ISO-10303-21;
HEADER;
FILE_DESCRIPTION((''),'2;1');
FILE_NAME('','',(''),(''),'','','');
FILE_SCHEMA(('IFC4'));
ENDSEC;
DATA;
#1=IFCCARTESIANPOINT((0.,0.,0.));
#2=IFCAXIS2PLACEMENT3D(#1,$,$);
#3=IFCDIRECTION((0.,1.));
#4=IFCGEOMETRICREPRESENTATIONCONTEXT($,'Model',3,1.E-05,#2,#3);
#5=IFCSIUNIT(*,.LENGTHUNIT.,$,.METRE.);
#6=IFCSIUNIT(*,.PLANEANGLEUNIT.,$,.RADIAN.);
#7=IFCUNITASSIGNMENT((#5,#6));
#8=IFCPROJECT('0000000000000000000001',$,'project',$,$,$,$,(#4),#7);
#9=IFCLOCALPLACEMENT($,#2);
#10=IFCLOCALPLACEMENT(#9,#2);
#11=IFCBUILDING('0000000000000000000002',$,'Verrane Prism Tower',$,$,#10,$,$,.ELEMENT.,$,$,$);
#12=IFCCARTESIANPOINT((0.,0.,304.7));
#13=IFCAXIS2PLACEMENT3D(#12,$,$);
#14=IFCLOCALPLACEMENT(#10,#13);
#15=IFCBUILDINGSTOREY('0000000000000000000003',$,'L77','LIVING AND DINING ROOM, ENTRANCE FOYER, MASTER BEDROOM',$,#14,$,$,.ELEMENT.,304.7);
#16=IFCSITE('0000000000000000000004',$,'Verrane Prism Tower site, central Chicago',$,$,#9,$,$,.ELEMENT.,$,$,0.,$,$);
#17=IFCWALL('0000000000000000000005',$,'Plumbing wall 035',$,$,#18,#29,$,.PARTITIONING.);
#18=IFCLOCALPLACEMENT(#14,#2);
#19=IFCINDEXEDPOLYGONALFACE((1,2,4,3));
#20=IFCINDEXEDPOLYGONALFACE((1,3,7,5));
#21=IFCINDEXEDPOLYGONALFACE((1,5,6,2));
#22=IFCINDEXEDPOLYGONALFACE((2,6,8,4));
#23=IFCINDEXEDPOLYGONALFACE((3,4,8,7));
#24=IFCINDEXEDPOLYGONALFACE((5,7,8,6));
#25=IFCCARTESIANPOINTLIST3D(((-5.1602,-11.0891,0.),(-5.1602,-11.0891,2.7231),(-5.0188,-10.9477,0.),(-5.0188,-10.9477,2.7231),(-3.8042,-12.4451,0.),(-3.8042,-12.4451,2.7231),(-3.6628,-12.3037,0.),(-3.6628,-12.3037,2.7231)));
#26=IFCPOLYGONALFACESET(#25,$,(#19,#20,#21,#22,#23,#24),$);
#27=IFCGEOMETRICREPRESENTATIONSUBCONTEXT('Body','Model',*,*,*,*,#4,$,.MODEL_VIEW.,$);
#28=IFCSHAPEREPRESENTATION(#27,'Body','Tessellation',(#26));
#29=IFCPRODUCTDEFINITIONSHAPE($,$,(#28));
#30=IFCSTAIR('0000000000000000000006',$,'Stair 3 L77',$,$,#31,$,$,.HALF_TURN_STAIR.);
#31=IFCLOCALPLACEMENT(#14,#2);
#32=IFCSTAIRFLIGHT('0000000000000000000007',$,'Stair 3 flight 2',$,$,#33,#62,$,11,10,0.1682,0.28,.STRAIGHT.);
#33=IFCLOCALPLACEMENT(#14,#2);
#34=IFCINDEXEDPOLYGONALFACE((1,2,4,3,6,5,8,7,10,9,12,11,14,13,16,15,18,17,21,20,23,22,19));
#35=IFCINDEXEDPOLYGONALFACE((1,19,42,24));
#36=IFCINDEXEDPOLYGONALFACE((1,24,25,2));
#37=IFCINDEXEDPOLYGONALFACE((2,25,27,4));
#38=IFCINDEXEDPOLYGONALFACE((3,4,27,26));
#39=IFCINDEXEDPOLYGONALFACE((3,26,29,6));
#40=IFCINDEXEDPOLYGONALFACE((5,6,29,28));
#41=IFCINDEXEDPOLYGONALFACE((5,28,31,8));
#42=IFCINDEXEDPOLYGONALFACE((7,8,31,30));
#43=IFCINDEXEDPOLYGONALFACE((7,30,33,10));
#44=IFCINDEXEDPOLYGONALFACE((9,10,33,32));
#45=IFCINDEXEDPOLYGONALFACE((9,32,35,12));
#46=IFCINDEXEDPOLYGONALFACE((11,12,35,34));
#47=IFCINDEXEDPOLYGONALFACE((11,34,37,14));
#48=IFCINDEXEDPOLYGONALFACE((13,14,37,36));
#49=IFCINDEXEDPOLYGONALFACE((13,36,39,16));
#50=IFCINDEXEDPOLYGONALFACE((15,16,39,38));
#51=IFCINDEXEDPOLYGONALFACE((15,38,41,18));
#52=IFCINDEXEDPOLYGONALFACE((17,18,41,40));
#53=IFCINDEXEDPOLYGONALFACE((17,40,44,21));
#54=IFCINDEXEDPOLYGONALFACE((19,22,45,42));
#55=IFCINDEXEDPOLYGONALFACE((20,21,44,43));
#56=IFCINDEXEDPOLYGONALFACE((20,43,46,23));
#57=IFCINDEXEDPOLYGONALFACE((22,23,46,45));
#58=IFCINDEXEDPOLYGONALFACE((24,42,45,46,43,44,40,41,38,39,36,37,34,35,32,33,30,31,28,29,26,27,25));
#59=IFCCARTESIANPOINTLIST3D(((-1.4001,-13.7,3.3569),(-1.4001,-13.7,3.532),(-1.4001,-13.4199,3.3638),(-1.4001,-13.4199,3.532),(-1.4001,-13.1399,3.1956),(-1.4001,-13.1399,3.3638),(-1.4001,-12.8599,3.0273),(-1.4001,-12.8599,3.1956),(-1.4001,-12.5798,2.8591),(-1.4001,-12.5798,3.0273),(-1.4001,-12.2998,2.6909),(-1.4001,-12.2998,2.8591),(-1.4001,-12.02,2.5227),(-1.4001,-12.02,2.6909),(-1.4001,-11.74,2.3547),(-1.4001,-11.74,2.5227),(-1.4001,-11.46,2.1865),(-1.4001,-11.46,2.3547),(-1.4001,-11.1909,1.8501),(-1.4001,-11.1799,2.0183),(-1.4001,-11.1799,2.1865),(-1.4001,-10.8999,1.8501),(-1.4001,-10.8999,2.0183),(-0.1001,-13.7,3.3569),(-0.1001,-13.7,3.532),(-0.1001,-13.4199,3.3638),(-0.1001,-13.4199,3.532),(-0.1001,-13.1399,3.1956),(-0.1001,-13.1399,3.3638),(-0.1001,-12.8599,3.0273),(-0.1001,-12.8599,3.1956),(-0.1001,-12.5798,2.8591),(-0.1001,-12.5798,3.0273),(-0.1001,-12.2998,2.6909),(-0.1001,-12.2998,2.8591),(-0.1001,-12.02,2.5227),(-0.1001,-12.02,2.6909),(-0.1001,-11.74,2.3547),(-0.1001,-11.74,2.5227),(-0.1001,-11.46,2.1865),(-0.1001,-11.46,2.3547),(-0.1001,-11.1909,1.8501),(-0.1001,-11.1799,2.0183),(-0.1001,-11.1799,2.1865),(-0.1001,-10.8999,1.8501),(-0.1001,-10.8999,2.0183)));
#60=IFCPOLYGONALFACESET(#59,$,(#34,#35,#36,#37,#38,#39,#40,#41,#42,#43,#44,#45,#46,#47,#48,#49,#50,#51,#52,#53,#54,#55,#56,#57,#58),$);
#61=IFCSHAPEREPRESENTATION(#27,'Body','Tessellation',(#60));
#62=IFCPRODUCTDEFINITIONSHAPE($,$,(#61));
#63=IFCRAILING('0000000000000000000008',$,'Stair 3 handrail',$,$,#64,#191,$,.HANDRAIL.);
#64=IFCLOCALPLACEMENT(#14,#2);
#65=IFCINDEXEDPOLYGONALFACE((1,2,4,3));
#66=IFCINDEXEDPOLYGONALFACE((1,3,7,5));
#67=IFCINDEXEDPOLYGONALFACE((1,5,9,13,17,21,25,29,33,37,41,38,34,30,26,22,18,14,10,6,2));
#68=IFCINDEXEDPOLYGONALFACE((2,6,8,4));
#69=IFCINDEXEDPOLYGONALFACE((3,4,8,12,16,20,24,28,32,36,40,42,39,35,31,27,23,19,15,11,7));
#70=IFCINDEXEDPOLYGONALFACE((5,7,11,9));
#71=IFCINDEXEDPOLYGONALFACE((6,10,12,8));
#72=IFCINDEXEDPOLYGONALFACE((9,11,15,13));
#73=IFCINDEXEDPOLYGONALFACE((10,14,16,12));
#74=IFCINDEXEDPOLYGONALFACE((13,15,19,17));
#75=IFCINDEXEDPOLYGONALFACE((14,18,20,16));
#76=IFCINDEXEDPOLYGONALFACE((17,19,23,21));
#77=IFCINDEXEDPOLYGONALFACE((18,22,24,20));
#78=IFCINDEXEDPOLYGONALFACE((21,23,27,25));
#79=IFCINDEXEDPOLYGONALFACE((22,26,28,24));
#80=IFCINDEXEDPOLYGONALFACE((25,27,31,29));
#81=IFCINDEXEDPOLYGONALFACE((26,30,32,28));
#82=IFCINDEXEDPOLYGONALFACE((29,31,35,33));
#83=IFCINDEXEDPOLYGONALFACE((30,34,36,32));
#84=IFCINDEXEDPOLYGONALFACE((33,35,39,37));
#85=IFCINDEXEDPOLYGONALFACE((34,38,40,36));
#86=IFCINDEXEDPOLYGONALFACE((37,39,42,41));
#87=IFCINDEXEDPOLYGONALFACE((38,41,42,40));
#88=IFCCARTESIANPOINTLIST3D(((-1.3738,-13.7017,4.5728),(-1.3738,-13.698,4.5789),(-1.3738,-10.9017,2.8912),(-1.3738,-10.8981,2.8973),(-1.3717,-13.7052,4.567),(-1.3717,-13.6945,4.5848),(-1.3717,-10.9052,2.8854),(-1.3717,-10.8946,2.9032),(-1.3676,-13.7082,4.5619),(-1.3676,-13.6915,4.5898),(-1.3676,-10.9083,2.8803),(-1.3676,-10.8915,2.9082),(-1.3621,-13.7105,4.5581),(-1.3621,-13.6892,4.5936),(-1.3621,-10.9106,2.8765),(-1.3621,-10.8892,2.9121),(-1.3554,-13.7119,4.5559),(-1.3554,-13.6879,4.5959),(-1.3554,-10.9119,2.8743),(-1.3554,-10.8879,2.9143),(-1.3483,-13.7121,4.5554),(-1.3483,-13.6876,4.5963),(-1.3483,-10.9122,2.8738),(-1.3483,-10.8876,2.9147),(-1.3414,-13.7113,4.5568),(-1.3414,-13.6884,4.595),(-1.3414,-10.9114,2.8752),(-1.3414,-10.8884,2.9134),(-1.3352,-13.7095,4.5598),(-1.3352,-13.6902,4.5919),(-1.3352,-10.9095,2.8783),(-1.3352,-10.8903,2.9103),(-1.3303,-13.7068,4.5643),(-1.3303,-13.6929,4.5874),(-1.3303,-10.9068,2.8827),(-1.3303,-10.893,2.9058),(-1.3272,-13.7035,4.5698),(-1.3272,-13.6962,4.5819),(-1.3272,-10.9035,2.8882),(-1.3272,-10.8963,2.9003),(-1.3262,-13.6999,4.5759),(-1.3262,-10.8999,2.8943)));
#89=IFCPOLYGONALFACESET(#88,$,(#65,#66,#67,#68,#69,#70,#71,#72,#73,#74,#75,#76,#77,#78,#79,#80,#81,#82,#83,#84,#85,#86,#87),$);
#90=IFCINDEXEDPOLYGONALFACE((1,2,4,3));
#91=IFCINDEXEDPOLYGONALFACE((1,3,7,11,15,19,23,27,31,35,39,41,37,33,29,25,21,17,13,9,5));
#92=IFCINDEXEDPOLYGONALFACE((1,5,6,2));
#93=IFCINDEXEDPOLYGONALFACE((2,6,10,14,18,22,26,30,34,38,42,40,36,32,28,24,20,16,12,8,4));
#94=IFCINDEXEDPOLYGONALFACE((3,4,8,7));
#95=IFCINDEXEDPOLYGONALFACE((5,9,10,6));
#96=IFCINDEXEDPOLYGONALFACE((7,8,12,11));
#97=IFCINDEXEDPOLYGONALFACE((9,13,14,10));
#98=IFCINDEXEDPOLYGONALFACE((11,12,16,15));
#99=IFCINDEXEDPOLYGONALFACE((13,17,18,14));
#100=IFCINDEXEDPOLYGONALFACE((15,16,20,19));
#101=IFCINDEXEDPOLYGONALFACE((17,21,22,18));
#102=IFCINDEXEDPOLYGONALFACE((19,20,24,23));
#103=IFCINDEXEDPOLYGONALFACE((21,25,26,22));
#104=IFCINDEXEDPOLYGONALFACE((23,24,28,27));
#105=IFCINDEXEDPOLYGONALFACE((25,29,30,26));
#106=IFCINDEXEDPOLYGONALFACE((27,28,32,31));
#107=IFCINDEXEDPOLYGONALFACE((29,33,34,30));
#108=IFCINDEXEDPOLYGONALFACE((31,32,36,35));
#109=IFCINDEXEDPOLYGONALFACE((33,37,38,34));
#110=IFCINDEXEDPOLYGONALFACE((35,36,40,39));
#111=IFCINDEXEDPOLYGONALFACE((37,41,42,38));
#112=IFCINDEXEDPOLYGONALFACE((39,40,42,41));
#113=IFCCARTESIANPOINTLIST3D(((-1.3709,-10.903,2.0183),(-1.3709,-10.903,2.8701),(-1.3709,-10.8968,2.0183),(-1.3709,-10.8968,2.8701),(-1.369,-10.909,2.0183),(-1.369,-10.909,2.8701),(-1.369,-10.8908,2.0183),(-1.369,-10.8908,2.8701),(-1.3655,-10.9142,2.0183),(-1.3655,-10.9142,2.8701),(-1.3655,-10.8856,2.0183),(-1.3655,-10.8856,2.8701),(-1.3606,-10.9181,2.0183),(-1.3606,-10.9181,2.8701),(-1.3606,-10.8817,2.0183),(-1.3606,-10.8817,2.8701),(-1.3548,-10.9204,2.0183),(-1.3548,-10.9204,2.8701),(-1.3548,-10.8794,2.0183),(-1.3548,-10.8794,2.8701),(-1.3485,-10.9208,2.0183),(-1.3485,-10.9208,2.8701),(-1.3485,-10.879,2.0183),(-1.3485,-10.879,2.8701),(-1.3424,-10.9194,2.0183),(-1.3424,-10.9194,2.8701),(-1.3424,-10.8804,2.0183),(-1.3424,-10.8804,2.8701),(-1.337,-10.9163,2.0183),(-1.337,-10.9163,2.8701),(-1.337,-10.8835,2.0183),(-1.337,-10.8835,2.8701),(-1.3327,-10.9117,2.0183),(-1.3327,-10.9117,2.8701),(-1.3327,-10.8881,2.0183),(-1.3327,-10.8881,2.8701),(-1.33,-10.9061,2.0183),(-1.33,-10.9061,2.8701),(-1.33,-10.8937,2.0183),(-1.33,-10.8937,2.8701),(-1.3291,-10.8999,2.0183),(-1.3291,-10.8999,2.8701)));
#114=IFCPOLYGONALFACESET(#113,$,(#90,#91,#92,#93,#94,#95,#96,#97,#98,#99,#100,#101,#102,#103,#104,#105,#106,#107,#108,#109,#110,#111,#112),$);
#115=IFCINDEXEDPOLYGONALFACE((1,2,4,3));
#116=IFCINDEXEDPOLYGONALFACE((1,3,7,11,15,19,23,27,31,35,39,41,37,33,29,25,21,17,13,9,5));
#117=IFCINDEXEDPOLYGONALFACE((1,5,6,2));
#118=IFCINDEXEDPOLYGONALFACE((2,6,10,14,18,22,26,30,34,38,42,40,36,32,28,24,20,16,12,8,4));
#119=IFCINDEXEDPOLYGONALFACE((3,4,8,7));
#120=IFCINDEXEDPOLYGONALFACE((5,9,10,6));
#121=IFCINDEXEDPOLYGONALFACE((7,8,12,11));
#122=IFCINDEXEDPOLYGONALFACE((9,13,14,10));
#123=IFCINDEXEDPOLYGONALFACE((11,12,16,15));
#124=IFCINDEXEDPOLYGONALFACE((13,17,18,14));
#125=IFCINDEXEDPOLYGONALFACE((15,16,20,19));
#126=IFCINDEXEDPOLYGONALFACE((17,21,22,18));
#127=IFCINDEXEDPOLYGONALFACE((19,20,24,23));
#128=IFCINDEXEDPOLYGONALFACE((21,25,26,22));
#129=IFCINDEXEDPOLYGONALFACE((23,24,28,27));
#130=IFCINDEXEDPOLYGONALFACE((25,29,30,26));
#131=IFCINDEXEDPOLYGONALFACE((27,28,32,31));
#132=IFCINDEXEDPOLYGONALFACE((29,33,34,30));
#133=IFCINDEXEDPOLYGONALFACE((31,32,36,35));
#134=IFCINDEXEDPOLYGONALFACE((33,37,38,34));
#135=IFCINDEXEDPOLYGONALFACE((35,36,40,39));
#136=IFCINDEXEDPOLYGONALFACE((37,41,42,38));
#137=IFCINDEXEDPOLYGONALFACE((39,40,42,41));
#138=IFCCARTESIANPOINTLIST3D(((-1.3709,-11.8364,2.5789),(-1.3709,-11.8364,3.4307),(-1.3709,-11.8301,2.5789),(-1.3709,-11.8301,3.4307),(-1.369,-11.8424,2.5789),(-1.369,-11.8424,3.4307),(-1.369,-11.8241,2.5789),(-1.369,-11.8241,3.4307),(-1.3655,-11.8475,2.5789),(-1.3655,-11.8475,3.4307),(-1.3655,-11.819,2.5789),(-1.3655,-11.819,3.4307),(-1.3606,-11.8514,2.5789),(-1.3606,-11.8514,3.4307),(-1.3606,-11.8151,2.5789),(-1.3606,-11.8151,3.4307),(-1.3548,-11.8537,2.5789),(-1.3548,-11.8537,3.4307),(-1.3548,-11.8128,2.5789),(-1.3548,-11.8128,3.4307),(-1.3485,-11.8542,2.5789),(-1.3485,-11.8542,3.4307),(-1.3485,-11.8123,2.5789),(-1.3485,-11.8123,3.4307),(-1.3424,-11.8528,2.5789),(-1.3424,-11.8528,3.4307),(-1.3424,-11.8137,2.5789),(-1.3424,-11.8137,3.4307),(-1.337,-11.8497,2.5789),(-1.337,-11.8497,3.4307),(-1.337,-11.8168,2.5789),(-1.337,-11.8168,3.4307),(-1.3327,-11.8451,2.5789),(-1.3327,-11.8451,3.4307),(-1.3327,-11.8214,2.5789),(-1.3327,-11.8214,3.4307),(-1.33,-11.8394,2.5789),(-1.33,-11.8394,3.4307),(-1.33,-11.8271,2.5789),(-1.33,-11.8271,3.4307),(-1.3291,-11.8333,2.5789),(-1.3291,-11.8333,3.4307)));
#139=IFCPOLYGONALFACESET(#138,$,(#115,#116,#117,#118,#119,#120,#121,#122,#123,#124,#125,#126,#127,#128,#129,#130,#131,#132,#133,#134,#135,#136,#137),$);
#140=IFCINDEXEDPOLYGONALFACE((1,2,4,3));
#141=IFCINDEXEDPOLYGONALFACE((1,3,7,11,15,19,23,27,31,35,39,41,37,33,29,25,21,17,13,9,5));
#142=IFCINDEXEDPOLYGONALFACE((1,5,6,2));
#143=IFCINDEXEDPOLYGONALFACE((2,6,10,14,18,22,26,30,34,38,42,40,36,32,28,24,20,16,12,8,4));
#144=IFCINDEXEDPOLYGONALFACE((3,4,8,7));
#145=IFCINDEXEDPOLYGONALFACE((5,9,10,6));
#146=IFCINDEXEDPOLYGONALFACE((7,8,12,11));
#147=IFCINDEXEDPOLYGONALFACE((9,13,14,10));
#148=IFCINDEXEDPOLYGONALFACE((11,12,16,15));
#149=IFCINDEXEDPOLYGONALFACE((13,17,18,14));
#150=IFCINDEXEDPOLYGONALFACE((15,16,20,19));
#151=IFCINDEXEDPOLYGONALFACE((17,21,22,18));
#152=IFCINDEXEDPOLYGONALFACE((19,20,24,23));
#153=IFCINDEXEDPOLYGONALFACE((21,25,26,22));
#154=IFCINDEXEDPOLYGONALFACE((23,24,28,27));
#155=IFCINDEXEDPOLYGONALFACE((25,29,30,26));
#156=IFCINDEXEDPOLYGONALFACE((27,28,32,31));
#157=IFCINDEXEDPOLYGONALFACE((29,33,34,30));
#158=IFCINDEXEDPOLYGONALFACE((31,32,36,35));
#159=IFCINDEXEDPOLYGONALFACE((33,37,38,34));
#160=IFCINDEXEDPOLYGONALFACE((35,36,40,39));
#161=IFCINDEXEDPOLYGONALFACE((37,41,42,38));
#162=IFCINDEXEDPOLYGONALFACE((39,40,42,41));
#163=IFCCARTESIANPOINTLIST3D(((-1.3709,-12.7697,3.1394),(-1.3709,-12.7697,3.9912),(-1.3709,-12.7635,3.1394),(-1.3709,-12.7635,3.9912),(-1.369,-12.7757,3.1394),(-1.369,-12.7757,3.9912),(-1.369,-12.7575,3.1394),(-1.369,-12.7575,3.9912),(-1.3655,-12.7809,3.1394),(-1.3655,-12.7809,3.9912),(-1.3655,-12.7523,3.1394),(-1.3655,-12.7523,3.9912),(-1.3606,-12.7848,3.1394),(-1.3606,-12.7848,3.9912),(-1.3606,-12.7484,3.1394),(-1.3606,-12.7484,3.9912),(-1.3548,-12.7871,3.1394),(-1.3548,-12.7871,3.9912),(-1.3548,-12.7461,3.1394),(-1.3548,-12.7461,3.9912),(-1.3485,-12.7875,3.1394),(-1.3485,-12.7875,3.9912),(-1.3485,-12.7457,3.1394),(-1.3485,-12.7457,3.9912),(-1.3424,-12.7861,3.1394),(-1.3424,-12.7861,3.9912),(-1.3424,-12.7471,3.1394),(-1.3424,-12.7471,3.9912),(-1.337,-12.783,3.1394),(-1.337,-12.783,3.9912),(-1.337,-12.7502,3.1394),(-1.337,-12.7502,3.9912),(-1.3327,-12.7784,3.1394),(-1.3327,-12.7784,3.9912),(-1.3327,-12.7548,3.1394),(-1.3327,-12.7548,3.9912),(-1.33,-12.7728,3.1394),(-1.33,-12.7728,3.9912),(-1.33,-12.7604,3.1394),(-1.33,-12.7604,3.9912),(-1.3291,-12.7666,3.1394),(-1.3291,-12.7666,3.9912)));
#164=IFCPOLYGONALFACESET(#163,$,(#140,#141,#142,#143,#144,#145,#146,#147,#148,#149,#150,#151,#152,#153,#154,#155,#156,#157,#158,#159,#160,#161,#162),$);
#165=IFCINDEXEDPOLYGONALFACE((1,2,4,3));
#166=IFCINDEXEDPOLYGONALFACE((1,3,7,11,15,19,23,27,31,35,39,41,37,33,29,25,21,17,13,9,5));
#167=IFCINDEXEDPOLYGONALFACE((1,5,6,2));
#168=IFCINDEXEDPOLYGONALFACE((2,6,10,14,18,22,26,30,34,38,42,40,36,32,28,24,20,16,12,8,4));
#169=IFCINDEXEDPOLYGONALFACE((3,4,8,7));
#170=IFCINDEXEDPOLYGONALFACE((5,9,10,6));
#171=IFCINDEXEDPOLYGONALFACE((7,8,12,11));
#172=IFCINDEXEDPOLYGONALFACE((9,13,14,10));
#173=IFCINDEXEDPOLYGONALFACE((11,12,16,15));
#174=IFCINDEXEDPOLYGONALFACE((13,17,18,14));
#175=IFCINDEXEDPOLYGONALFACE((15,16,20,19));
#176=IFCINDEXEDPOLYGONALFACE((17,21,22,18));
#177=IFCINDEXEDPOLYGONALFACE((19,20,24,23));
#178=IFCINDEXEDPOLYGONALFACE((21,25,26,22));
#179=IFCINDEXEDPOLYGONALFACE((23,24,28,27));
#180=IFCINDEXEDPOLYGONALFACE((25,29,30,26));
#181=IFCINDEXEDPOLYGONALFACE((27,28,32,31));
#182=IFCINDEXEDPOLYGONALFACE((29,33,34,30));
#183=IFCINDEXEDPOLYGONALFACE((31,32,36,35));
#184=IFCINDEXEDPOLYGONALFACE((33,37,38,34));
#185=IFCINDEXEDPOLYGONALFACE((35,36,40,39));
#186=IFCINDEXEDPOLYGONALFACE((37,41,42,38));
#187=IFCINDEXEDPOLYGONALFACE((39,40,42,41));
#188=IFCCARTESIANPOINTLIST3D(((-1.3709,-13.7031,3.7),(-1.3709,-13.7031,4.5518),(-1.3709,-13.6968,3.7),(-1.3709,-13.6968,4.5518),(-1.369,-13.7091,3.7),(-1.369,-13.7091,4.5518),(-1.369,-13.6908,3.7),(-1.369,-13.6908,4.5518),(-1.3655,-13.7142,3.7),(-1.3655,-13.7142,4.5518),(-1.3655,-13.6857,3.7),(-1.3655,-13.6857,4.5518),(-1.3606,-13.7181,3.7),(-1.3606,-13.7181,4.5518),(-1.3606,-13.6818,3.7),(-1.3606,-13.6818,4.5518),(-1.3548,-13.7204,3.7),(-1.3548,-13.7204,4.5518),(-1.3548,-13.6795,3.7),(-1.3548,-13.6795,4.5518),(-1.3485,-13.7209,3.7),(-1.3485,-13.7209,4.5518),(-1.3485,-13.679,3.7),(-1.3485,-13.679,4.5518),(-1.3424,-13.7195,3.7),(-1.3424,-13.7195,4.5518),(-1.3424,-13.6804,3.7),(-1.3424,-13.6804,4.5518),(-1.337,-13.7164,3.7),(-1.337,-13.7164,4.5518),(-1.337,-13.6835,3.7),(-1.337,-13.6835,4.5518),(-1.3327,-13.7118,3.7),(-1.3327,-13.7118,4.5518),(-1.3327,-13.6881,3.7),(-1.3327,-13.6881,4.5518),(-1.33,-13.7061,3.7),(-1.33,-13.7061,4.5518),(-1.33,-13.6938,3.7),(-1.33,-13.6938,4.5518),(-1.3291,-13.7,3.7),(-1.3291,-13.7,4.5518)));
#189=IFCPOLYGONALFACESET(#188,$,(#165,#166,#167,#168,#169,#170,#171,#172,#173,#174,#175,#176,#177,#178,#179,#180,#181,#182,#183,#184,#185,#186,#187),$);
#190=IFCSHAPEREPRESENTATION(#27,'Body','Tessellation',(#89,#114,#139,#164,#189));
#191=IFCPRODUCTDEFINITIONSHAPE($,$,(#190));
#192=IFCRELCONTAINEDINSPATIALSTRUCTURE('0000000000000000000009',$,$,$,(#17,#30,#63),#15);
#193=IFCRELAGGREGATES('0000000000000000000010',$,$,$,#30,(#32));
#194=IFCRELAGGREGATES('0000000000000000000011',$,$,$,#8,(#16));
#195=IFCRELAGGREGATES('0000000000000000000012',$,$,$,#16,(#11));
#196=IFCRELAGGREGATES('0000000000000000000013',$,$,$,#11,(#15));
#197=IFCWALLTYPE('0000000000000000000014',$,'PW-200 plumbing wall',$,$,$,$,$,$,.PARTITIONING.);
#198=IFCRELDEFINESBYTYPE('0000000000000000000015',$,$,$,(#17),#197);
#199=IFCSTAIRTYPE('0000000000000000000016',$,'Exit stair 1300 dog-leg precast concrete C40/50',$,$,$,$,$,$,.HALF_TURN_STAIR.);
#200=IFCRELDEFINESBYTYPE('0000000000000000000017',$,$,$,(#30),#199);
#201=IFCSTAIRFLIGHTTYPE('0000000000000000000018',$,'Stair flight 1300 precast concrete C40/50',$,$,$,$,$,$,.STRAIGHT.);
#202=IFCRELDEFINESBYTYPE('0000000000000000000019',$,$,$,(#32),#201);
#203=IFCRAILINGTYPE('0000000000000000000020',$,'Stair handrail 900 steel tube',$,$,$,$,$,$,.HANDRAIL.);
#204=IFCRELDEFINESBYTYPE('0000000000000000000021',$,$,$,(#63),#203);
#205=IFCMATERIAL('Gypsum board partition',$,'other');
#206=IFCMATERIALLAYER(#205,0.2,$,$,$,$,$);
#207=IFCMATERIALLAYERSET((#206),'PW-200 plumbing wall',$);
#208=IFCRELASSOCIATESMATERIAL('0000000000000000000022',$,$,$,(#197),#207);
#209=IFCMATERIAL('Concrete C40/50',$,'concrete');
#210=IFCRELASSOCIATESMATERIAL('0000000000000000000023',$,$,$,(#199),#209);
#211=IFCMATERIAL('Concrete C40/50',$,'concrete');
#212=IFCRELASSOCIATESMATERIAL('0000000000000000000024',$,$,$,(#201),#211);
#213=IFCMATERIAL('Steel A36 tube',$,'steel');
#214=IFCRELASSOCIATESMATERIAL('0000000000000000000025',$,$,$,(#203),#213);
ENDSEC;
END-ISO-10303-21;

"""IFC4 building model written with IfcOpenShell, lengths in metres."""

from ifc_helpers import new_model, si_unit, direction, frame, frame_2d, origin, origin_2d, place, context, subcontext, project, spatial, polyline, rectangle, circle, outline, extrude, material, layer, layer_set, type_object, element, aggregate, save


model = new_model("IFC4")

# Units and contexts
model_context = context("Model", 3, precision=1e-05, world=origin(), true_north=direction((0.0, 1.0)))
body_context = subcontext(model_context, "Body", "Model", "MODEL_VIEW")
ifc_project = project(units=[si_unit("LENGTHUNIT", "METRE"), si_unit("PLANEANGLEUNIT", "RADIAN")], contexts=[model_context])

# Site, building, storey
site_placement = place(None, origin())
site = spatial("IfcSite", under=ifc_project, at=site_placement, Name="Verrane Prism Tower site, central Chicago", CompositionType="ELEMENT", RefElevation=0.0)
building_placement = place(site_placement, origin())
building = spatial("IfcBuilding", under=site, at=building_placement, Name="Verrane Prism Tower", CompositionType="ELEMENT")
storey_placement = place(building_placement, frame((0.0, 0.0, 304.7)))
storey = spatial("IfcBuildingStorey", under=building, at=storey_placement, Name="L77", Description="LIVING AND DINING ROOM, ENTRANCE FOYER, MASTER BEDROOM", CompositionType="ELEMENT", Elevation=304.7)

# Shared definitions
ifc_material_1 = material(Name="Gypsum board partition", Category="other")
ifc_layer_1 = layer(ifc_material_1, 0.2)
ifc_layer_set_1 = layer_set([ifc_layer_1], Name="PW-200 plumbing wall")
wall_type_1 = type_object("IfcWallType", Name="PW-200 plumbing wall", PredefinedType="PARTITIONING", material=ifc_layer_set_1)

# Wall
wall_1_placement = place(storey_placement, frame((-5.0896, -11.0183, 0.0), z_axis=(0.0, 0.0, 1.0), x_axis=(0.707107, -0.707107, 0.0)))
element("IfcWall", 1, at=wall_1_placement, inside=storey, type_object=wall_type_1, Name="Plumbing wall 035", PredefinedType="PARTITIONING", context=body_context, shape_type="SweptSolid", body=[
    extrude(rectangle(XDim=1.9177, YDim=0.2, at=frame_2d((0.959, 0.0))), origin(), (0.0, 0.0, 1.0), 2.7231),
])

# Stair, stair flight
ifc_material_2 = material(Name="Concrete C40/50", Category="concrete")
stair_type = type_object("IfcStairType", Name="Exit stair 1300 dog-leg precast concrete C40/50", PredefinedType="HALF_TURN_STAIR", material=ifc_material_2)
stair_placement = place(storey_placement, origin())
stair = element("IfcStair", 2, at=stair_placement, inside=storey, type_object=stair_type, Name="Stair 3 L77", PredefinedType="HALF_TURN_STAIR")
ifc_material_3 = material(Name="Concrete C40/50", Category="concrete")
stair_flight_type = type_object("IfcStairFlightType", Name="Stair flight 1300 precast concrete C40/50", PredefinedType="STRAIGHT", material=ifc_material_3)
stair_flight_placement = place(storey_placement, frame((-0.75, -10.8999, 1.8501), z_axis=(0.0, 0.0, 1.0), x_axis=(0.0, -1.0, 0.0)))
stair_flight = element("IfcStairFlight", 3, at=stair_flight_placement, type_object=stair_flight_type, Name="Stair 3 flight 2", NumberOfRisers=11, NumberOfTreads=10, PredefinedType="STRAIGHT", RiserHeight=0.1682, TreadLength=0.28, context=body_context, shape_type="SweptSolid", body=[
    extrude(outline(polyline([(0.0, 0.0), (0.0, 0.1682), (0.28, 0.1682), (0.28, 0.3364), (0.5601, 0.3364), (0.5601, 0.5046), (0.8401, 0.5046), (0.8401, 0.6726), (1.1201, 0.6726), (1.1201, 0.8408), (1.3999, 0.8408), (1.3999, 1.009), (1.6799, 1.009), (1.6799, 1.1772), (1.96, 1.1772), (1.96, 1.3455), (2.24, 1.3455), (2.24, 1.5137), (2.52, 1.5137), (2.52, 1.6819), (2.8, 1.6819), (2.8, 1.8501), (2.8, 1.5068), (0.291, 0.0), (0.0, 0.0)])), frame((0.0, 0.6499, 0.0), z_axis=(0.0, -1.0, 0.0), x_axis=(1.0, 0.0, 0.0)), (0.0, 0.0, 1.0), 1.3),
])
aggregate(stair, [stair_flight])

# Railing
ifc_material_4 = material(Name="Steel A36 tube", Category="steel")
railing_type = type_object("IfcRailingType", Name="Stair handrail 900 steel tube", PredefinedType="HANDRAIL", material=ifc_material_4)
railing_placement = place(storey_placement, frame((-1.3501, -10.8999, 2.0183)))
element("IfcRailing", 4, at=railing_placement, inside=storey, type_object=railing_type, Name="Stair 3 handrail", PredefinedType="HANDRAIL", context=body_context, shape_type="SweptSolid", body=[
    extrude(circle(Radius=0.0239, at=origin_2d()), frame((0.0, 0.0, 0.876), z_axis=(0.0, -0.857275, 0.514858), x_axis=(1.0, 0.0, 0.0)), (0.0, 0.0, 1.0), 3.2661),
    extrude(circle(Radius=0.021, at=origin_2d()), origin(), (0.0, 0.0, 1.0), 0.8518),
    extrude(circle(Radius=0.021, at=origin_2d()), frame((0.0, -0.9333, 0.5605)), (0.0, 0.0, 1.0), 0.8518),
    extrude(circle(Radius=0.021, at=origin_2d()), frame((0.0, -1.8667, 1.1211)), (0.0, 0.0, 1.0), 0.8518),
    extrude(circle(Radius=0.021, at=origin_2d()), frame((0.0, -2.8, 1.6816)), (0.0, 0.0, 1.0), 0.8518),
])

save(model, "model.ifc")
